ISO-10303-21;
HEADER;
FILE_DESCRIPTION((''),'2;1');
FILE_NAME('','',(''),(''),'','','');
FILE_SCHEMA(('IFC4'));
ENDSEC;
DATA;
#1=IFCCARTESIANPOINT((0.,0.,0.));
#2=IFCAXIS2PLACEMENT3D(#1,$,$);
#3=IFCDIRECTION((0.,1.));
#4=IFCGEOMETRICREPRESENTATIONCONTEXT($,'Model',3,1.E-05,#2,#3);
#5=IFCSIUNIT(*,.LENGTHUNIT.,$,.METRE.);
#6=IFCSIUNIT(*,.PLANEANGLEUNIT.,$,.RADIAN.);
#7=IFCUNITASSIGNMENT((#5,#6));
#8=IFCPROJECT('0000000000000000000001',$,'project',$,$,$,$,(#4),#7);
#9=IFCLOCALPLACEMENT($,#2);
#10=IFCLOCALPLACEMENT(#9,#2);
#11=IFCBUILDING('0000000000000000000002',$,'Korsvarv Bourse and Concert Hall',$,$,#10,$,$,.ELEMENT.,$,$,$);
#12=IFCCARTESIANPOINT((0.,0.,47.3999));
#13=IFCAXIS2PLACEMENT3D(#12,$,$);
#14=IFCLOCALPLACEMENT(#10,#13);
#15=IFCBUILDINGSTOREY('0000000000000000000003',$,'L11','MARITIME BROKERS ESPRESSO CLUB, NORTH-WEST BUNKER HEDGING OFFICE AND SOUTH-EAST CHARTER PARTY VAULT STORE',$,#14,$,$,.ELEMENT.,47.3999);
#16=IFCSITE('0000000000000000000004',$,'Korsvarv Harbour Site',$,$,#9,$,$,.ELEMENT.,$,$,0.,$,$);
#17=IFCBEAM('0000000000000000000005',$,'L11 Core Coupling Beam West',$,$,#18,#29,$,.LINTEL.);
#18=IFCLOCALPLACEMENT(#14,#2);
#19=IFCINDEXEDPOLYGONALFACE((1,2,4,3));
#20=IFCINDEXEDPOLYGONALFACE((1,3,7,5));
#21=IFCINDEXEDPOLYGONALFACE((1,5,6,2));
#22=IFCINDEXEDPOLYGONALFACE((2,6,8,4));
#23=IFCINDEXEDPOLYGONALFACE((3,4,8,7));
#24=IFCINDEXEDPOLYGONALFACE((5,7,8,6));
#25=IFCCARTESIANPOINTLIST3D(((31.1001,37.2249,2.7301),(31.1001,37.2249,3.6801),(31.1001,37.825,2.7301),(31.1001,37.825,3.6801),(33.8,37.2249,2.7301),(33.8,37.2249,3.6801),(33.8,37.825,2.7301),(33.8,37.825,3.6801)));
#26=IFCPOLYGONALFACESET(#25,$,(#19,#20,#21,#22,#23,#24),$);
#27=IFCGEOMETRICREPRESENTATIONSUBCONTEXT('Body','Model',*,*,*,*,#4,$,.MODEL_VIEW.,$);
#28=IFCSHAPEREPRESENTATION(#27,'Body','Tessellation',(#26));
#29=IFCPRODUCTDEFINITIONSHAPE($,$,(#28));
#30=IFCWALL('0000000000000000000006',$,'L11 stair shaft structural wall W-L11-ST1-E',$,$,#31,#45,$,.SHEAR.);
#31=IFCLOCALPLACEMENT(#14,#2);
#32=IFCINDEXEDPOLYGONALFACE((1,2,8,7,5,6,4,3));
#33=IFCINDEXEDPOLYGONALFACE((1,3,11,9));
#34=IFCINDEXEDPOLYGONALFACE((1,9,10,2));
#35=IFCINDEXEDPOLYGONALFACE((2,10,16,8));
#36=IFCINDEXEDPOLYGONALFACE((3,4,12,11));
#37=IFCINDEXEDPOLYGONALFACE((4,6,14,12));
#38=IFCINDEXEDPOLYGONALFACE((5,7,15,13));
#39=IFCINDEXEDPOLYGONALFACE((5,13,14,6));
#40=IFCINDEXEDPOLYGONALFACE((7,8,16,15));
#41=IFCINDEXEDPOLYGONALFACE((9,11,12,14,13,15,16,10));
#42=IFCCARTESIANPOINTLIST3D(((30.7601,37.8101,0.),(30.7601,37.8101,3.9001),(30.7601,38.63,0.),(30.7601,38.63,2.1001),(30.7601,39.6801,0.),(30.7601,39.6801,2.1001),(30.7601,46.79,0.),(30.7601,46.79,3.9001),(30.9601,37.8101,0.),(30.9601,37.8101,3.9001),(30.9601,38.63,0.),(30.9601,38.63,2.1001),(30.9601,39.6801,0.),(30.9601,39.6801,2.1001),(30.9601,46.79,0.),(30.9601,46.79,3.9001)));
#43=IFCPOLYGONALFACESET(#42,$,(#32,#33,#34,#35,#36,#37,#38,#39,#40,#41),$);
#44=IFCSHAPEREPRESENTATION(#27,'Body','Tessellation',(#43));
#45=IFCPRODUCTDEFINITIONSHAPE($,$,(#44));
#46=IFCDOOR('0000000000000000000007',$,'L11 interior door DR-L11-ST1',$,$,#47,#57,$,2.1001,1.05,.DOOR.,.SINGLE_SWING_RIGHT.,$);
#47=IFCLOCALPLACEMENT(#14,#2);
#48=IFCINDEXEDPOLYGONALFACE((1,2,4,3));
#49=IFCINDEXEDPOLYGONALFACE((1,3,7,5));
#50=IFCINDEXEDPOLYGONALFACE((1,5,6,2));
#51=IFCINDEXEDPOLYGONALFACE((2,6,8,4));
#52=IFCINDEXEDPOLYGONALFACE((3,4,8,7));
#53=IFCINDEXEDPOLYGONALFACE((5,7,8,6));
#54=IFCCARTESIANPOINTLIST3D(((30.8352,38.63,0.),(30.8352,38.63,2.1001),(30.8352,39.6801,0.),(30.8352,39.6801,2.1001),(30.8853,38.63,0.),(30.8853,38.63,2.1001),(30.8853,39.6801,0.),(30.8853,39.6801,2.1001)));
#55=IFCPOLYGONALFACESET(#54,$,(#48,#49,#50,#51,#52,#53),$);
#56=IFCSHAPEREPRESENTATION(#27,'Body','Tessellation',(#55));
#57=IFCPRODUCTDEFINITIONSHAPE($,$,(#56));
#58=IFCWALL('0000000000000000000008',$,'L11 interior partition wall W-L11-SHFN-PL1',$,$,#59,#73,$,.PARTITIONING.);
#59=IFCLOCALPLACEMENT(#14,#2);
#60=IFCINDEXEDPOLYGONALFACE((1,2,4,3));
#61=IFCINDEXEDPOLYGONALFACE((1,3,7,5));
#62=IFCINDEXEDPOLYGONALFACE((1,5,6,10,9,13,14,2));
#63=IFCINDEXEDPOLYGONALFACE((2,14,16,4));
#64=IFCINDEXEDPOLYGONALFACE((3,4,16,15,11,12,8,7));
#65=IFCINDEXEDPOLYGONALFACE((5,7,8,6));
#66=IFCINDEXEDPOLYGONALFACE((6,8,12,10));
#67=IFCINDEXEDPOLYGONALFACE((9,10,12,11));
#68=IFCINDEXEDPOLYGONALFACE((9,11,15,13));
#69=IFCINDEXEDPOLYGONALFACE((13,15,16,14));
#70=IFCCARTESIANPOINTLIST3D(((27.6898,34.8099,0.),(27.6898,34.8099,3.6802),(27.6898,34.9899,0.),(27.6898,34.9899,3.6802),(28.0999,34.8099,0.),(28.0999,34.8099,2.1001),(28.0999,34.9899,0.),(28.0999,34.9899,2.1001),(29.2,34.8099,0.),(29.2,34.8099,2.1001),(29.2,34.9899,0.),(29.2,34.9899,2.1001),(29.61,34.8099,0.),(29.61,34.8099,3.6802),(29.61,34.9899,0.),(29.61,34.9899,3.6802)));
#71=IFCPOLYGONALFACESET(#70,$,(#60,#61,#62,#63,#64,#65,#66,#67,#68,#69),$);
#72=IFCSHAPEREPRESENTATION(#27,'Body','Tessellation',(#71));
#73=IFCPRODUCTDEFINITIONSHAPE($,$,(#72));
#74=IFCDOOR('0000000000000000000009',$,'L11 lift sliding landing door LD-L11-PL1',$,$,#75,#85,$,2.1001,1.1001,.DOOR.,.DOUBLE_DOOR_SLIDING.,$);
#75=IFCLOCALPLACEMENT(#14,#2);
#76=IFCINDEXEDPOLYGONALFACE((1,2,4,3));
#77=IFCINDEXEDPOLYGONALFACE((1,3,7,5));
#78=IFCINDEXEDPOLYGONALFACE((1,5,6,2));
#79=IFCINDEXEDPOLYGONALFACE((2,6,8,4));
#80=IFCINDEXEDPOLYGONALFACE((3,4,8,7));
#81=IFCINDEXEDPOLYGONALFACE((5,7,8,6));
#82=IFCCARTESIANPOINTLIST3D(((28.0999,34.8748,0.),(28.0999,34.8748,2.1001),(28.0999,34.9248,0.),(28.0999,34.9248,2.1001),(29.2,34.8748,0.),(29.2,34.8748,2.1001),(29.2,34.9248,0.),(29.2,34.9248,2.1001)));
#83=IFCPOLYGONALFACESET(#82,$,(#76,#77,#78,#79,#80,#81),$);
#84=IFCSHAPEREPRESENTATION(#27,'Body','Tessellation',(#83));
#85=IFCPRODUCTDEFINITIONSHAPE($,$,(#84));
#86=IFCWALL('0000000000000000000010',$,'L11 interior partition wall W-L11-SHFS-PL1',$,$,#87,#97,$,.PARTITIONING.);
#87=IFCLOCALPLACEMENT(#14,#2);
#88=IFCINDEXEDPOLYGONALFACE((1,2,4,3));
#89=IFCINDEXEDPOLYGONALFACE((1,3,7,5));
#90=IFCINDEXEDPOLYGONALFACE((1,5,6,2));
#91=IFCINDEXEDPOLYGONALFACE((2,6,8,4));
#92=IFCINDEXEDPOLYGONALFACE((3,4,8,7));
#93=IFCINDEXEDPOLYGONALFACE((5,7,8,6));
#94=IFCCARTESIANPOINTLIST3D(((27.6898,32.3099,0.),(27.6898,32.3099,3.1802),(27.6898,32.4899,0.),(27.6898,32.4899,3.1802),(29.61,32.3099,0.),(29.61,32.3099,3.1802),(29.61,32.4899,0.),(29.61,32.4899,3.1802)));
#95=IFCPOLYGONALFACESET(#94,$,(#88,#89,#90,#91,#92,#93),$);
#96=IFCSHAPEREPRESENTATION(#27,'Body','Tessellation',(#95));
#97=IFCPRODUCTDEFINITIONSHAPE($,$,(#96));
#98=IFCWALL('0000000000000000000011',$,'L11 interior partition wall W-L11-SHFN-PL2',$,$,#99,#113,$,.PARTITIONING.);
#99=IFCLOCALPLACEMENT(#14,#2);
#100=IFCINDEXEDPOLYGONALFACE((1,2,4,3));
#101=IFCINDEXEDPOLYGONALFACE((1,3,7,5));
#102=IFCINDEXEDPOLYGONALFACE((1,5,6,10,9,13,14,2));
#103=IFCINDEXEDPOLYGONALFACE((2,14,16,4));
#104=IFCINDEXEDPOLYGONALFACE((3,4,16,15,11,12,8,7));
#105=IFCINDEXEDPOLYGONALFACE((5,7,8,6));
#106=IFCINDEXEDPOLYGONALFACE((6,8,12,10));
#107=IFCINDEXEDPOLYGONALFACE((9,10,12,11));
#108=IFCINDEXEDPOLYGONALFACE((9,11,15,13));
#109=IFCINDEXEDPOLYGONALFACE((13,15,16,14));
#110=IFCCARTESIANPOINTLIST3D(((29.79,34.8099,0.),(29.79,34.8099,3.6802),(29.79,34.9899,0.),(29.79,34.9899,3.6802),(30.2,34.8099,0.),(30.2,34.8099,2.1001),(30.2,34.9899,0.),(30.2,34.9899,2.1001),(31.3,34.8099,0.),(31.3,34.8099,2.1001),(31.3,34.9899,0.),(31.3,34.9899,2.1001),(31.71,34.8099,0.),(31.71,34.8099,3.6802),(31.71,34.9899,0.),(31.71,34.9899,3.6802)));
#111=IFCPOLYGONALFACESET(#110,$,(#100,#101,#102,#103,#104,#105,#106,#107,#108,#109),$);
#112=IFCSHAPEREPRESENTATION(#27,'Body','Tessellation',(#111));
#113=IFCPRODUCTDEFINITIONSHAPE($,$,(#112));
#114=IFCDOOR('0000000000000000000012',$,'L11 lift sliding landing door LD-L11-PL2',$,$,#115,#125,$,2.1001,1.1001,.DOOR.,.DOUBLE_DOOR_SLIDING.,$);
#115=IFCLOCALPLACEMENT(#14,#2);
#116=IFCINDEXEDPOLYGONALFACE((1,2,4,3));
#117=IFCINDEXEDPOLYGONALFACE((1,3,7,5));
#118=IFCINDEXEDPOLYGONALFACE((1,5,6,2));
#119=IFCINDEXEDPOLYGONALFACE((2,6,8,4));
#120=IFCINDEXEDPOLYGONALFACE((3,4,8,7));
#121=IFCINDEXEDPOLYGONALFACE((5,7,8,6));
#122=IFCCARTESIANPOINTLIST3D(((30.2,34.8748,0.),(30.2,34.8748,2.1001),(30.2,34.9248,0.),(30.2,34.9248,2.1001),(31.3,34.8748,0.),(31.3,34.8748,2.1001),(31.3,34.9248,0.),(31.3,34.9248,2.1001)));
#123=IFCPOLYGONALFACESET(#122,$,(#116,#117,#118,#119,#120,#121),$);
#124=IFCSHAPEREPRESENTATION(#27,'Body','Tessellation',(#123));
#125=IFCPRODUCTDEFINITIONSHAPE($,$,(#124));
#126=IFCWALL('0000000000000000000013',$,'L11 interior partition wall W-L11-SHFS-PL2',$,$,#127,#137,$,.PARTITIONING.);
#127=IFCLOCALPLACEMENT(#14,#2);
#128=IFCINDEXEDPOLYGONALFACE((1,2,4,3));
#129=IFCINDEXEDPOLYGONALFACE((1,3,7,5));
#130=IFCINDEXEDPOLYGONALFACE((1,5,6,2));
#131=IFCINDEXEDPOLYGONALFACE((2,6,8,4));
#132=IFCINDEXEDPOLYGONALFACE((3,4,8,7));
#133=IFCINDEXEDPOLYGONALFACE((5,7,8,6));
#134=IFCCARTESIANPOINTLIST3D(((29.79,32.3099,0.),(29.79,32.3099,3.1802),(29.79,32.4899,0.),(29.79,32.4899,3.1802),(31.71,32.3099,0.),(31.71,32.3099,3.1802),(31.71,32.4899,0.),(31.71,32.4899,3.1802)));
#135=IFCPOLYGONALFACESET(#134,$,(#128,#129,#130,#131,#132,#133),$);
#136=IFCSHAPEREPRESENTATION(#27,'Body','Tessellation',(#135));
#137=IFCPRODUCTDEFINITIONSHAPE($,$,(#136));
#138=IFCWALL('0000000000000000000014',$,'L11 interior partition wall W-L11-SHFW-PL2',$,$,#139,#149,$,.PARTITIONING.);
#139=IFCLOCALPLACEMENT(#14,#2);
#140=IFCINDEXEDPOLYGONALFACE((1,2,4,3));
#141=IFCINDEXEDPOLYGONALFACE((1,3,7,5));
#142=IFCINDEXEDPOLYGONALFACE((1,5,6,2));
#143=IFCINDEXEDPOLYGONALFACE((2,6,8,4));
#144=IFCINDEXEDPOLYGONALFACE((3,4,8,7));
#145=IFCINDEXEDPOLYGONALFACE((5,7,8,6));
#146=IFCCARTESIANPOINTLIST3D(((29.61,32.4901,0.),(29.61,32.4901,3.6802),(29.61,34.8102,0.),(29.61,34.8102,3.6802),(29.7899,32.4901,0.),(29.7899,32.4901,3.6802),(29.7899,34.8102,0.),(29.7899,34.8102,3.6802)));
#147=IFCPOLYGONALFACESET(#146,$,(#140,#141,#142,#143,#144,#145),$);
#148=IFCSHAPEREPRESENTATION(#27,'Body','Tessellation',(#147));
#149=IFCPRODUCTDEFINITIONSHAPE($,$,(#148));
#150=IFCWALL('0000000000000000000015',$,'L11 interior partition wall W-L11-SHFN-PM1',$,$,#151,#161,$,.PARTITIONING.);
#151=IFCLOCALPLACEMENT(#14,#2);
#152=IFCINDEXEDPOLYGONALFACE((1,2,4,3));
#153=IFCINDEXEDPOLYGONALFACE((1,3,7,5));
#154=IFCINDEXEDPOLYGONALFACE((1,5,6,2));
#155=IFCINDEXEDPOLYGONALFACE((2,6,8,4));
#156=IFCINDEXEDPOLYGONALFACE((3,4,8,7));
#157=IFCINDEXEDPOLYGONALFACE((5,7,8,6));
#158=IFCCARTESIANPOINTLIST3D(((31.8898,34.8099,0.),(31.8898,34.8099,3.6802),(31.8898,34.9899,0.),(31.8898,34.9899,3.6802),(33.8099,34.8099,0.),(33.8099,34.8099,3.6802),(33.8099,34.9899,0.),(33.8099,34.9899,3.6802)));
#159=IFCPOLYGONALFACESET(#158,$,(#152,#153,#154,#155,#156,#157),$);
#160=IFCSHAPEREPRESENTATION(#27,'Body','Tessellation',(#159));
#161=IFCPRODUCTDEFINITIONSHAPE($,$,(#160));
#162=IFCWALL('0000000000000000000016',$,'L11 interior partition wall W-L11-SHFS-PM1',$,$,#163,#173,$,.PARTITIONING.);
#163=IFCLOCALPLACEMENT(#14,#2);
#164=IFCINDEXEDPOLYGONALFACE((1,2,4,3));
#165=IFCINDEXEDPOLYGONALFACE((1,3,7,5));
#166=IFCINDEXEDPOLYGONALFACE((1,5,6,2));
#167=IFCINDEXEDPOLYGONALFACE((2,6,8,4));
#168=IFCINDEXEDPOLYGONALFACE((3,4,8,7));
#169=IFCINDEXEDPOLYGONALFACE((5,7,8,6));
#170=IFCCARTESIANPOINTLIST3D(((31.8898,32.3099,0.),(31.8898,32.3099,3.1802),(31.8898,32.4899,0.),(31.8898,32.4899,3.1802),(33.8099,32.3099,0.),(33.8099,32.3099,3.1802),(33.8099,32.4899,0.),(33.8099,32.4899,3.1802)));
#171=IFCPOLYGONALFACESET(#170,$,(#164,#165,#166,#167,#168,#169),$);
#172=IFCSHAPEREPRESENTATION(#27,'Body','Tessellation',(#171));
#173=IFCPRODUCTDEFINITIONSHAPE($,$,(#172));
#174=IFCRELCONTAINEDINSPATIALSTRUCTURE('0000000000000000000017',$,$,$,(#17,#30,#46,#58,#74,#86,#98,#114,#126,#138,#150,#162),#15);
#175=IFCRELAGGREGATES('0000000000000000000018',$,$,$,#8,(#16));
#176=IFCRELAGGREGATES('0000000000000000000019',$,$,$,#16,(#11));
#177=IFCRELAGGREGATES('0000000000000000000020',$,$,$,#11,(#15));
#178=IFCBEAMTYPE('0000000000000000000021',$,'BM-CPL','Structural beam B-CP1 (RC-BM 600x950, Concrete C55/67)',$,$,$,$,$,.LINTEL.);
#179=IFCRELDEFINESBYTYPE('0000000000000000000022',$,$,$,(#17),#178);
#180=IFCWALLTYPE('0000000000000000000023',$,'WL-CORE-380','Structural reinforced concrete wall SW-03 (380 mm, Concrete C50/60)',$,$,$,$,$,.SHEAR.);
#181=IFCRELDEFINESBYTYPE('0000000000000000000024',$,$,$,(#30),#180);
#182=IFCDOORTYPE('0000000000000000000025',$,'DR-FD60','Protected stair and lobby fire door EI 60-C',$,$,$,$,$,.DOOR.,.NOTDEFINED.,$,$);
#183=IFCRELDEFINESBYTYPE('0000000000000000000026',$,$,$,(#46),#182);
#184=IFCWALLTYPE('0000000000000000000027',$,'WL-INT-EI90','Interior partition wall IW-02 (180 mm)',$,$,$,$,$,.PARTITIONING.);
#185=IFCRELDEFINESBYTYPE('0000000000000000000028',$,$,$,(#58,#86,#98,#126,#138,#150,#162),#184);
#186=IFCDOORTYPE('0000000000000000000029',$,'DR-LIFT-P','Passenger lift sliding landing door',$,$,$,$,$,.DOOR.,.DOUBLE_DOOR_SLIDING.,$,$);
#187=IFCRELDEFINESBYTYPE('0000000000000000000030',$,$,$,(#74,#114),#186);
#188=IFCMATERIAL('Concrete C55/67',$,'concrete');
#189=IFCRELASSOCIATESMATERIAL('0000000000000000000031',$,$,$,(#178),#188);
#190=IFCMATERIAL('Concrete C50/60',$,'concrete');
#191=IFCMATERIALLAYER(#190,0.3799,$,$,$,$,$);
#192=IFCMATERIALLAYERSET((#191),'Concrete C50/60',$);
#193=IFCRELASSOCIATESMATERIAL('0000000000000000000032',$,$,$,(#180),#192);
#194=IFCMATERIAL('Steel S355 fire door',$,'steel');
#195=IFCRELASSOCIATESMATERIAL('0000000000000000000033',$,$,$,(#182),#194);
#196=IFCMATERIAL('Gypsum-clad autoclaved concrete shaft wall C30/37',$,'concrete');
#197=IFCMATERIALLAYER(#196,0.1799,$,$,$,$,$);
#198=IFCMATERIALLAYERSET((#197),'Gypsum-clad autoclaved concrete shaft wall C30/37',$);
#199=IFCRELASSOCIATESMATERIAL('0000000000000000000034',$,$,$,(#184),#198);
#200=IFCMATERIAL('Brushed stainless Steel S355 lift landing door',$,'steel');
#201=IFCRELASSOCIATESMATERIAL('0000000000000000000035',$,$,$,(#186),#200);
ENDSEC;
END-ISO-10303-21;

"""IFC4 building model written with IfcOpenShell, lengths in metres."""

from ifc_helpers import new_model, si_unit, direction, frame, frame_2d, origin, origin_2d, place, context, subcontext, project, spatial, rectangle, extrude, source, transform, mapped, material, layer, layer_set, material_profile, profile_set, type_object, element, fill, save


model = new_model("IFC4")

# Units and contexts
model_context = context("Model", 3, precision=1e-05, world=origin(), true_north=direction((0.0, 1.0)))
body_context = subcontext(model_context, "Body", "Model", "MODEL_VIEW")
ifc_project = project(units=[si_unit("LENGTHUNIT", "METRE"), si_unit("PLANEANGLEUNIT", "RADIAN")], contexts=[model_context])

# Site, building, storey
site_placement = place(None, origin())
site = spatial("IfcSite", under=ifc_project, at=site_placement, Name="Korsvarv Harbour Site", CompositionType="ELEMENT", RefElevation=0.0)
building_placement = place(site_placement, origin())
building = spatial("IfcBuilding", under=site, at=building_placement, Name="Korsvarv Bourse and Concert Hall", CompositionType="ELEMENT")
storey_placement = place(building_placement, frame((0.0, 0.0, 47.3999)))
storey = spatial("IfcBuildingStorey", under=building, at=storey_placement, Name="L11", Description="MARITIME BROKERS ESPRESSO CLUB, NORTH-WEST BUNKER HEDGING OFFICE AND SOUTH-EAST CHARTER PARTY VAULT STORE", CompositionType="ELEMENT", Elevation=47.3999)

# Beam
ifc_material_1 = material(Name="Concrete C55/67", Category="concrete")
ifc_material_profile = material_profile(ifc_material_1, rectangle(XDim=0.6001, YDim=0.95, at=origin_2d()), Name="RC-BM 600x950")
ifc_profile_set = profile_set([ifc_material_profile], Name="Concrete C55/67")
beam_type = type_object("IfcBeamType", Name="BM-CPL", Description="Structural beam B-CP1 (RC-BM 600x950, Concrete C55/67)", PredefinedType="LINTEL", material=ifc_profile_set)
shared_shape = source(origin(), body_context, "Body", "SweptSolid", [
    extrude(rectangle(XDim=0.6001, YDim=0.95, at=origin_2d()), origin(), (0.0, 0.0, 1.0), 2.7),
])
beam_placement = place(storey_placement, frame((31.1001, 37.5249, 3.2051), z_axis=(1.0, 0.0, 0.0), x_axis=(0.0, 1.0, 0.0)))
element("IfcBeam", 1, at=beam_placement, inside=storey, type_object=beam_type, Name="L11 Core Coupling Beam West", PredefinedType="LINTEL", context=body_context, shape_type="MappedRepresentation", body=[
    mapped(shared_shape, transform((0.0, 0.0, 0.0), scale=1.0)),
])

# Walls, openings, doors
ifc_material_2 = material(Name="Concrete C50/60", Category="concrete")
ifc_layer_1 = layer(ifc_material_2, 0.3799)
ifc_layer_set_1 = layer_set([ifc_layer_1], Name="Concrete C50/60")
wall_type_1 = type_object("IfcWallType", Name="WL-CORE-380", Description="Structural reinforced concrete wall SW-03 (380 mm, Concrete C50/60)", PredefinedType="SHEAR", material=ifc_layer_set_1)
wall_1_placement = place(storey_placement, frame((30.8601, 37.8101, 0.0), z_axis=(0.0, 0.0, 1.0), x_axis=(0.0, 1.0, 0.0)))
wall_1 = element("IfcWall", 2, at=wall_1_placement, inside=storey, type_object=wall_type_1, Name="L11 stair shaft structural wall W-L11-ST1-E", PredefinedType="SHEAR", context=body_context, shape_type="SweptSolid", body=[
    extrude(rectangle(XDim=8.98, YDim=0.2, at=frame_2d((4.49, 0.0))), origin(), (0.0, 0.0, 1.0), 3.9001),
])
opening_1_placement = place(wall_1_placement, frame((0.8201, 0.0, 0.0)))
opening_1 = element("IfcOpeningElement", 3, at=opening_1_placement, cuts=wall_1, PredefinedType="OPENING", context=body_context, shape_type="SweptSolid", body=[
    extrude(rectangle(XDim=1.05, YDim=2.1001, at=frame_2d((0.5249, 1.05))), frame((0.0, 0.1099, 0.0), z_axis=(0.0, -1.0, 0.0), x_axis=(1.0, 0.0, 0.0)), (0.0, 0.0, 1.0), 0.22),
])
ifc_material_3 = material(Name="Steel S355 fire door", Category="steel")
door_type_1 = type_object("IfcDoorType", Name="DR-FD60", Description="Protected stair and lobby fire door EI 60-C", OperationType="NOTDEFINED", PredefinedType="DOOR", material=ifc_material_3)
door_1_placement = place(opening_1_placement, origin())
door_1 = element("IfcDoor", 4, at=door_1_placement, inside=storey, type_object=door_type_1, Name="L11 interior door DR-L11-ST1", OperationType="SINGLE_SWING_RIGHT", OverallHeight=2.1001, OverallWidth=1.05, PredefinedType="DOOR", context=body_context, shape_type="SweptSolid", body=[
    extrude(rectangle(XDim=1.05, YDim=2.1001, at=frame_2d((0.5249, 1.05))), frame((0.0, 0.0249, 0.0), z_axis=(0.0, -1.0, 0.0), x_axis=(1.0, 0.0, 0.0)), (0.0, 0.0, 1.0), 0.05),
])
fill(opening_1, door_1)
ifc_material_4 = material(Name="Gypsum-clad autoclaved concrete shaft wall C30/37", Category="concrete")
ifc_layer_2 = layer(ifc_material_4, 0.1799)
ifc_layer_set_2 = layer_set([ifc_layer_2], Name="Gypsum-clad autoclaved concrete shaft wall C30/37")
wall_type_2 = type_object("IfcWallType", Name="WL-INT-EI90", Description="Interior partition wall IW-02 (180 mm)", PredefinedType="PARTITIONING", material=ifc_layer_set_2)
wall_2_placement = place(storey_placement, frame((27.6899, 34.8999, 0.0), z_axis=(0.0, 0.0, 1.0), x_axis=(1.0, 0.0, 0.0)))
wall_2 = element("IfcWall", 5, at=wall_2_placement, inside=storey, type_object=wall_type_2, Name="L11 interior partition wall W-L11-SHFN-PL1", PredefinedType="PARTITIONING", context=body_context, shape_type="SweptSolid", body=[
    extrude(rectangle(XDim=1.9202, YDim=0.1799, at=frame_2d((0.96, 0.0))), origin(), (0.0, 0.0, 1.0), 3.6802),
])
opening_2_placement = place(wall_2_placement, frame((0.4099, 0.0, 0.0)))
opening_2 = element("IfcOpeningElement", 6, at=opening_2_placement, cuts=wall_2, PredefinedType="OPENING", context=body_context, shape_type="SweptSolid", body=[
    extrude(rectangle(XDim=1.1001, YDim=2.1001, at=frame_2d((0.55, 1.05))), frame((0.0, 0.1001, 0.0), z_axis=(0.0, -1.0, 0.0), x_axis=(1.0, 0.0, 0.0)), (0.0, 0.0, 1.0), 0.2),
])
ifc_material_5 = material(Name="Brushed stainless Steel S355 lift landing door", Category="steel")
door_type_2 = type_object("IfcDoorType", Name="DR-LIFT-P", Description="Passenger lift sliding landing door", OperationType="DOUBLE_DOOR_SLIDING", PredefinedType="DOOR", material=ifc_material_5)
door_2_placement = place(opening_2_placement, origin())
door_2 = element("IfcDoor", 7, at=door_2_placement, inside=storey, type_object=door_type_2, Name="L11 lift sliding landing door LD-L11-PL1", OperationType="DOUBLE_DOOR_SLIDING", OverallHeight=2.1001, OverallWidth=1.1001, PredefinedType="DOOR", context=body_context, shape_type="SweptSolid", body=[
    extrude(rectangle(XDim=1.1001, YDim=2.1001, at=frame_2d((0.55, 1.05))), frame((0.0, 0.0249, 0.0), z_axis=(0.0, -1.0, 0.0), x_axis=(1.0, 0.0, 0.0)), (0.0, 0.0, 1.0), 0.05),
])
fill(opening_2, door_2)

# Wall
wall_3_placement = place(storey_placement, frame((27.6899, 32.3999, 0.0), z_axis=(0.0, 0.0, 1.0), x_axis=(1.0, 0.0, 0.0)))
element("IfcWall", 8, at=wall_3_placement, inside=storey, type_object=wall_type_2, Name="L11 interior partition wall W-L11-SHFS-PL1", PredefinedType="PARTITIONING", context=body_context, shape_type="SweptSolid", body=[
    extrude(rectangle(XDim=1.9202, YDim=0.1799, at=frame_2d((0.96, 0.0))), origin(), (0.0, 0.0, 1.0), 3.1802),
])

# Wall, opening, door
wall_4_placement = place(storey_placement, frame((29.79, 34.8999, 0.0), z_axis=(0.0, 0.0, 1.0), x_axis=(1.0, 0.0, 0.0)))
wall_4 = element("IfcWall", 9, at=wall_4_placement, inside=storey, type_object=wall_type_2, Name="L11 interior partition wall W-L11-SHFN-PL2", PredefinedType="PARTITIONING", context=body_context, shape_type="SweptSolid", body=[
    extrude(rectangle(XDim=1.9199, YDim=0.1799, at=frame_2d((0.96, 0.0))), origin(), (0.0, 0.0, 1.0), 3.6802),
])
opening_3_placement = place(wall_4_placement, frame((0.4099, 0.0, 0.0)))
opening_3 = element("IfcOpeningElement", 10, at=opening_3_placement, cuts=wall_4, PredefinedType="OPENING", context=body_context, shape_type="SweptSolid", body=[
    extrude(rectangle(XDim=1.1001, YDim=2.1001, at=frame_2d((0.55, 1.05))), frame((0.0, 0.1001, 0.0), z_axis=(0.0, -1.0, 0.0), x_axis=(1.0, 0.0, 0.0)), (0.0, 0.0, 1.0), 0.2),
])
door_3_placement = place(opening_3_placement, origin())
door_3 = element("IfcDoor", 11, at=door_3_placement, inside=storey, type_object=door_type_2, Name="L11 lift sliding landing door LD-L11-PL2", OperationType="DOUBLE_DOOR_SLIDING", OverallHeight=2.1001, OverallWidth=1.1001, PredefinedType="DOOR", context=body_context, shape_type="SweptSolid", body=[
    extrude(rectangle(XDim=1.1001, YDim=2.1001, at=frame_2d((0.55, 1.05))), frame((0.0, 0.0249, 0.0), z_axis=(0.0, -1.0, 0.0), x_axis=(1.0, 0.0, 0.0)), (0.0, 0.0, 1.0), 0.05),
])
fill(opening_3, door_3)

# Walls
wall_5_placement = place(storey_placement, frame((29.79, 32.3999, 0.0), z_axis=(0.0, 0.0, 1.0), x_axis=(1.0, 0.0, 0.0)))
element("IfcWall", 12, at=wall_5_placement, inside=storey, type_object=wall_type_2, Name="L11 interior partition wall W-L11-SHFS-PL2", PredefinedType="PARTITIONING", context=body_context, shape_type="SweptSolid", body=[
    extrude(rectangle(XDim=1.9199, YDim=0.1799, at=frame_2d((0.96, 0.0))), origin(), (0.0, 0.0, 1.0), 3.1802),
])
wall_6_placement = place(storey_placement, frame((29.7, 32.49, 0.0), z_axis=(0.0, 0.0, 1.0), x_axis=(0.0, 1.0, 0.0)))
element("IfcWall", 13, at=wall_6_placement, inside=storey, type_object=wall_type_2, Name="L11 interior partition wall W-L11-SHFW-PL2", PredefinedType="PARTITIONING", context=body_context, shape_type="SweptSolid", body=[
    extrude(rectangle(XDim=2.3201, YDim=0.1799, at=frame_2d((1.1602, 0.0))), origin(), (0.0, 0.0, 1.0), 3.6802),
])
wall_7_placement = place(storey_placement, frame((31.8899, 34.8999, 0.0), z_axis=(0.0, 0.0, 1.0), x_axis=(1.0, 0.0, 0.0)))
element("IfcWall", 14, at=wall_7_placement, inside=storey, type_object=wall_type_2, Name="L11 interior partition wall W-L11-SHFN-PM1", PredefinedType="PARTITIONING", context=body_context, shape_type="SweptSolid", body=[
    extrude(rectangle(XDim=1.9202, YDim=0.1799, at=frame_2d((0.96, 0.0))), origin(), (0.0, 0.0, 1.0), 3.6802),
])
wall_8_placement = place(storey_placement, frame((31.8899, 32.3999, 0.0), z_axis=(0.0, 0.0, 1.0), x_axis=(1.0, 0.0, 0.0)))
element("IfcWall", 15, at=wall_8_placement, inside=storey, type_object=wall_type_2, Name="L11 interior partition wall W-L11-SHFS-PM1", PredefinedType="PARTITIONING", context=body_context, shape_type="SweptSolid", body=[
    extrude(rectangle(XDim=1.9202, YDim=0.1799, at=frame_2d((0.96, 0.0))), origin(), (0.0, 0.0, 1.0), 3.1802),
])

save(model, "model.ifc")
